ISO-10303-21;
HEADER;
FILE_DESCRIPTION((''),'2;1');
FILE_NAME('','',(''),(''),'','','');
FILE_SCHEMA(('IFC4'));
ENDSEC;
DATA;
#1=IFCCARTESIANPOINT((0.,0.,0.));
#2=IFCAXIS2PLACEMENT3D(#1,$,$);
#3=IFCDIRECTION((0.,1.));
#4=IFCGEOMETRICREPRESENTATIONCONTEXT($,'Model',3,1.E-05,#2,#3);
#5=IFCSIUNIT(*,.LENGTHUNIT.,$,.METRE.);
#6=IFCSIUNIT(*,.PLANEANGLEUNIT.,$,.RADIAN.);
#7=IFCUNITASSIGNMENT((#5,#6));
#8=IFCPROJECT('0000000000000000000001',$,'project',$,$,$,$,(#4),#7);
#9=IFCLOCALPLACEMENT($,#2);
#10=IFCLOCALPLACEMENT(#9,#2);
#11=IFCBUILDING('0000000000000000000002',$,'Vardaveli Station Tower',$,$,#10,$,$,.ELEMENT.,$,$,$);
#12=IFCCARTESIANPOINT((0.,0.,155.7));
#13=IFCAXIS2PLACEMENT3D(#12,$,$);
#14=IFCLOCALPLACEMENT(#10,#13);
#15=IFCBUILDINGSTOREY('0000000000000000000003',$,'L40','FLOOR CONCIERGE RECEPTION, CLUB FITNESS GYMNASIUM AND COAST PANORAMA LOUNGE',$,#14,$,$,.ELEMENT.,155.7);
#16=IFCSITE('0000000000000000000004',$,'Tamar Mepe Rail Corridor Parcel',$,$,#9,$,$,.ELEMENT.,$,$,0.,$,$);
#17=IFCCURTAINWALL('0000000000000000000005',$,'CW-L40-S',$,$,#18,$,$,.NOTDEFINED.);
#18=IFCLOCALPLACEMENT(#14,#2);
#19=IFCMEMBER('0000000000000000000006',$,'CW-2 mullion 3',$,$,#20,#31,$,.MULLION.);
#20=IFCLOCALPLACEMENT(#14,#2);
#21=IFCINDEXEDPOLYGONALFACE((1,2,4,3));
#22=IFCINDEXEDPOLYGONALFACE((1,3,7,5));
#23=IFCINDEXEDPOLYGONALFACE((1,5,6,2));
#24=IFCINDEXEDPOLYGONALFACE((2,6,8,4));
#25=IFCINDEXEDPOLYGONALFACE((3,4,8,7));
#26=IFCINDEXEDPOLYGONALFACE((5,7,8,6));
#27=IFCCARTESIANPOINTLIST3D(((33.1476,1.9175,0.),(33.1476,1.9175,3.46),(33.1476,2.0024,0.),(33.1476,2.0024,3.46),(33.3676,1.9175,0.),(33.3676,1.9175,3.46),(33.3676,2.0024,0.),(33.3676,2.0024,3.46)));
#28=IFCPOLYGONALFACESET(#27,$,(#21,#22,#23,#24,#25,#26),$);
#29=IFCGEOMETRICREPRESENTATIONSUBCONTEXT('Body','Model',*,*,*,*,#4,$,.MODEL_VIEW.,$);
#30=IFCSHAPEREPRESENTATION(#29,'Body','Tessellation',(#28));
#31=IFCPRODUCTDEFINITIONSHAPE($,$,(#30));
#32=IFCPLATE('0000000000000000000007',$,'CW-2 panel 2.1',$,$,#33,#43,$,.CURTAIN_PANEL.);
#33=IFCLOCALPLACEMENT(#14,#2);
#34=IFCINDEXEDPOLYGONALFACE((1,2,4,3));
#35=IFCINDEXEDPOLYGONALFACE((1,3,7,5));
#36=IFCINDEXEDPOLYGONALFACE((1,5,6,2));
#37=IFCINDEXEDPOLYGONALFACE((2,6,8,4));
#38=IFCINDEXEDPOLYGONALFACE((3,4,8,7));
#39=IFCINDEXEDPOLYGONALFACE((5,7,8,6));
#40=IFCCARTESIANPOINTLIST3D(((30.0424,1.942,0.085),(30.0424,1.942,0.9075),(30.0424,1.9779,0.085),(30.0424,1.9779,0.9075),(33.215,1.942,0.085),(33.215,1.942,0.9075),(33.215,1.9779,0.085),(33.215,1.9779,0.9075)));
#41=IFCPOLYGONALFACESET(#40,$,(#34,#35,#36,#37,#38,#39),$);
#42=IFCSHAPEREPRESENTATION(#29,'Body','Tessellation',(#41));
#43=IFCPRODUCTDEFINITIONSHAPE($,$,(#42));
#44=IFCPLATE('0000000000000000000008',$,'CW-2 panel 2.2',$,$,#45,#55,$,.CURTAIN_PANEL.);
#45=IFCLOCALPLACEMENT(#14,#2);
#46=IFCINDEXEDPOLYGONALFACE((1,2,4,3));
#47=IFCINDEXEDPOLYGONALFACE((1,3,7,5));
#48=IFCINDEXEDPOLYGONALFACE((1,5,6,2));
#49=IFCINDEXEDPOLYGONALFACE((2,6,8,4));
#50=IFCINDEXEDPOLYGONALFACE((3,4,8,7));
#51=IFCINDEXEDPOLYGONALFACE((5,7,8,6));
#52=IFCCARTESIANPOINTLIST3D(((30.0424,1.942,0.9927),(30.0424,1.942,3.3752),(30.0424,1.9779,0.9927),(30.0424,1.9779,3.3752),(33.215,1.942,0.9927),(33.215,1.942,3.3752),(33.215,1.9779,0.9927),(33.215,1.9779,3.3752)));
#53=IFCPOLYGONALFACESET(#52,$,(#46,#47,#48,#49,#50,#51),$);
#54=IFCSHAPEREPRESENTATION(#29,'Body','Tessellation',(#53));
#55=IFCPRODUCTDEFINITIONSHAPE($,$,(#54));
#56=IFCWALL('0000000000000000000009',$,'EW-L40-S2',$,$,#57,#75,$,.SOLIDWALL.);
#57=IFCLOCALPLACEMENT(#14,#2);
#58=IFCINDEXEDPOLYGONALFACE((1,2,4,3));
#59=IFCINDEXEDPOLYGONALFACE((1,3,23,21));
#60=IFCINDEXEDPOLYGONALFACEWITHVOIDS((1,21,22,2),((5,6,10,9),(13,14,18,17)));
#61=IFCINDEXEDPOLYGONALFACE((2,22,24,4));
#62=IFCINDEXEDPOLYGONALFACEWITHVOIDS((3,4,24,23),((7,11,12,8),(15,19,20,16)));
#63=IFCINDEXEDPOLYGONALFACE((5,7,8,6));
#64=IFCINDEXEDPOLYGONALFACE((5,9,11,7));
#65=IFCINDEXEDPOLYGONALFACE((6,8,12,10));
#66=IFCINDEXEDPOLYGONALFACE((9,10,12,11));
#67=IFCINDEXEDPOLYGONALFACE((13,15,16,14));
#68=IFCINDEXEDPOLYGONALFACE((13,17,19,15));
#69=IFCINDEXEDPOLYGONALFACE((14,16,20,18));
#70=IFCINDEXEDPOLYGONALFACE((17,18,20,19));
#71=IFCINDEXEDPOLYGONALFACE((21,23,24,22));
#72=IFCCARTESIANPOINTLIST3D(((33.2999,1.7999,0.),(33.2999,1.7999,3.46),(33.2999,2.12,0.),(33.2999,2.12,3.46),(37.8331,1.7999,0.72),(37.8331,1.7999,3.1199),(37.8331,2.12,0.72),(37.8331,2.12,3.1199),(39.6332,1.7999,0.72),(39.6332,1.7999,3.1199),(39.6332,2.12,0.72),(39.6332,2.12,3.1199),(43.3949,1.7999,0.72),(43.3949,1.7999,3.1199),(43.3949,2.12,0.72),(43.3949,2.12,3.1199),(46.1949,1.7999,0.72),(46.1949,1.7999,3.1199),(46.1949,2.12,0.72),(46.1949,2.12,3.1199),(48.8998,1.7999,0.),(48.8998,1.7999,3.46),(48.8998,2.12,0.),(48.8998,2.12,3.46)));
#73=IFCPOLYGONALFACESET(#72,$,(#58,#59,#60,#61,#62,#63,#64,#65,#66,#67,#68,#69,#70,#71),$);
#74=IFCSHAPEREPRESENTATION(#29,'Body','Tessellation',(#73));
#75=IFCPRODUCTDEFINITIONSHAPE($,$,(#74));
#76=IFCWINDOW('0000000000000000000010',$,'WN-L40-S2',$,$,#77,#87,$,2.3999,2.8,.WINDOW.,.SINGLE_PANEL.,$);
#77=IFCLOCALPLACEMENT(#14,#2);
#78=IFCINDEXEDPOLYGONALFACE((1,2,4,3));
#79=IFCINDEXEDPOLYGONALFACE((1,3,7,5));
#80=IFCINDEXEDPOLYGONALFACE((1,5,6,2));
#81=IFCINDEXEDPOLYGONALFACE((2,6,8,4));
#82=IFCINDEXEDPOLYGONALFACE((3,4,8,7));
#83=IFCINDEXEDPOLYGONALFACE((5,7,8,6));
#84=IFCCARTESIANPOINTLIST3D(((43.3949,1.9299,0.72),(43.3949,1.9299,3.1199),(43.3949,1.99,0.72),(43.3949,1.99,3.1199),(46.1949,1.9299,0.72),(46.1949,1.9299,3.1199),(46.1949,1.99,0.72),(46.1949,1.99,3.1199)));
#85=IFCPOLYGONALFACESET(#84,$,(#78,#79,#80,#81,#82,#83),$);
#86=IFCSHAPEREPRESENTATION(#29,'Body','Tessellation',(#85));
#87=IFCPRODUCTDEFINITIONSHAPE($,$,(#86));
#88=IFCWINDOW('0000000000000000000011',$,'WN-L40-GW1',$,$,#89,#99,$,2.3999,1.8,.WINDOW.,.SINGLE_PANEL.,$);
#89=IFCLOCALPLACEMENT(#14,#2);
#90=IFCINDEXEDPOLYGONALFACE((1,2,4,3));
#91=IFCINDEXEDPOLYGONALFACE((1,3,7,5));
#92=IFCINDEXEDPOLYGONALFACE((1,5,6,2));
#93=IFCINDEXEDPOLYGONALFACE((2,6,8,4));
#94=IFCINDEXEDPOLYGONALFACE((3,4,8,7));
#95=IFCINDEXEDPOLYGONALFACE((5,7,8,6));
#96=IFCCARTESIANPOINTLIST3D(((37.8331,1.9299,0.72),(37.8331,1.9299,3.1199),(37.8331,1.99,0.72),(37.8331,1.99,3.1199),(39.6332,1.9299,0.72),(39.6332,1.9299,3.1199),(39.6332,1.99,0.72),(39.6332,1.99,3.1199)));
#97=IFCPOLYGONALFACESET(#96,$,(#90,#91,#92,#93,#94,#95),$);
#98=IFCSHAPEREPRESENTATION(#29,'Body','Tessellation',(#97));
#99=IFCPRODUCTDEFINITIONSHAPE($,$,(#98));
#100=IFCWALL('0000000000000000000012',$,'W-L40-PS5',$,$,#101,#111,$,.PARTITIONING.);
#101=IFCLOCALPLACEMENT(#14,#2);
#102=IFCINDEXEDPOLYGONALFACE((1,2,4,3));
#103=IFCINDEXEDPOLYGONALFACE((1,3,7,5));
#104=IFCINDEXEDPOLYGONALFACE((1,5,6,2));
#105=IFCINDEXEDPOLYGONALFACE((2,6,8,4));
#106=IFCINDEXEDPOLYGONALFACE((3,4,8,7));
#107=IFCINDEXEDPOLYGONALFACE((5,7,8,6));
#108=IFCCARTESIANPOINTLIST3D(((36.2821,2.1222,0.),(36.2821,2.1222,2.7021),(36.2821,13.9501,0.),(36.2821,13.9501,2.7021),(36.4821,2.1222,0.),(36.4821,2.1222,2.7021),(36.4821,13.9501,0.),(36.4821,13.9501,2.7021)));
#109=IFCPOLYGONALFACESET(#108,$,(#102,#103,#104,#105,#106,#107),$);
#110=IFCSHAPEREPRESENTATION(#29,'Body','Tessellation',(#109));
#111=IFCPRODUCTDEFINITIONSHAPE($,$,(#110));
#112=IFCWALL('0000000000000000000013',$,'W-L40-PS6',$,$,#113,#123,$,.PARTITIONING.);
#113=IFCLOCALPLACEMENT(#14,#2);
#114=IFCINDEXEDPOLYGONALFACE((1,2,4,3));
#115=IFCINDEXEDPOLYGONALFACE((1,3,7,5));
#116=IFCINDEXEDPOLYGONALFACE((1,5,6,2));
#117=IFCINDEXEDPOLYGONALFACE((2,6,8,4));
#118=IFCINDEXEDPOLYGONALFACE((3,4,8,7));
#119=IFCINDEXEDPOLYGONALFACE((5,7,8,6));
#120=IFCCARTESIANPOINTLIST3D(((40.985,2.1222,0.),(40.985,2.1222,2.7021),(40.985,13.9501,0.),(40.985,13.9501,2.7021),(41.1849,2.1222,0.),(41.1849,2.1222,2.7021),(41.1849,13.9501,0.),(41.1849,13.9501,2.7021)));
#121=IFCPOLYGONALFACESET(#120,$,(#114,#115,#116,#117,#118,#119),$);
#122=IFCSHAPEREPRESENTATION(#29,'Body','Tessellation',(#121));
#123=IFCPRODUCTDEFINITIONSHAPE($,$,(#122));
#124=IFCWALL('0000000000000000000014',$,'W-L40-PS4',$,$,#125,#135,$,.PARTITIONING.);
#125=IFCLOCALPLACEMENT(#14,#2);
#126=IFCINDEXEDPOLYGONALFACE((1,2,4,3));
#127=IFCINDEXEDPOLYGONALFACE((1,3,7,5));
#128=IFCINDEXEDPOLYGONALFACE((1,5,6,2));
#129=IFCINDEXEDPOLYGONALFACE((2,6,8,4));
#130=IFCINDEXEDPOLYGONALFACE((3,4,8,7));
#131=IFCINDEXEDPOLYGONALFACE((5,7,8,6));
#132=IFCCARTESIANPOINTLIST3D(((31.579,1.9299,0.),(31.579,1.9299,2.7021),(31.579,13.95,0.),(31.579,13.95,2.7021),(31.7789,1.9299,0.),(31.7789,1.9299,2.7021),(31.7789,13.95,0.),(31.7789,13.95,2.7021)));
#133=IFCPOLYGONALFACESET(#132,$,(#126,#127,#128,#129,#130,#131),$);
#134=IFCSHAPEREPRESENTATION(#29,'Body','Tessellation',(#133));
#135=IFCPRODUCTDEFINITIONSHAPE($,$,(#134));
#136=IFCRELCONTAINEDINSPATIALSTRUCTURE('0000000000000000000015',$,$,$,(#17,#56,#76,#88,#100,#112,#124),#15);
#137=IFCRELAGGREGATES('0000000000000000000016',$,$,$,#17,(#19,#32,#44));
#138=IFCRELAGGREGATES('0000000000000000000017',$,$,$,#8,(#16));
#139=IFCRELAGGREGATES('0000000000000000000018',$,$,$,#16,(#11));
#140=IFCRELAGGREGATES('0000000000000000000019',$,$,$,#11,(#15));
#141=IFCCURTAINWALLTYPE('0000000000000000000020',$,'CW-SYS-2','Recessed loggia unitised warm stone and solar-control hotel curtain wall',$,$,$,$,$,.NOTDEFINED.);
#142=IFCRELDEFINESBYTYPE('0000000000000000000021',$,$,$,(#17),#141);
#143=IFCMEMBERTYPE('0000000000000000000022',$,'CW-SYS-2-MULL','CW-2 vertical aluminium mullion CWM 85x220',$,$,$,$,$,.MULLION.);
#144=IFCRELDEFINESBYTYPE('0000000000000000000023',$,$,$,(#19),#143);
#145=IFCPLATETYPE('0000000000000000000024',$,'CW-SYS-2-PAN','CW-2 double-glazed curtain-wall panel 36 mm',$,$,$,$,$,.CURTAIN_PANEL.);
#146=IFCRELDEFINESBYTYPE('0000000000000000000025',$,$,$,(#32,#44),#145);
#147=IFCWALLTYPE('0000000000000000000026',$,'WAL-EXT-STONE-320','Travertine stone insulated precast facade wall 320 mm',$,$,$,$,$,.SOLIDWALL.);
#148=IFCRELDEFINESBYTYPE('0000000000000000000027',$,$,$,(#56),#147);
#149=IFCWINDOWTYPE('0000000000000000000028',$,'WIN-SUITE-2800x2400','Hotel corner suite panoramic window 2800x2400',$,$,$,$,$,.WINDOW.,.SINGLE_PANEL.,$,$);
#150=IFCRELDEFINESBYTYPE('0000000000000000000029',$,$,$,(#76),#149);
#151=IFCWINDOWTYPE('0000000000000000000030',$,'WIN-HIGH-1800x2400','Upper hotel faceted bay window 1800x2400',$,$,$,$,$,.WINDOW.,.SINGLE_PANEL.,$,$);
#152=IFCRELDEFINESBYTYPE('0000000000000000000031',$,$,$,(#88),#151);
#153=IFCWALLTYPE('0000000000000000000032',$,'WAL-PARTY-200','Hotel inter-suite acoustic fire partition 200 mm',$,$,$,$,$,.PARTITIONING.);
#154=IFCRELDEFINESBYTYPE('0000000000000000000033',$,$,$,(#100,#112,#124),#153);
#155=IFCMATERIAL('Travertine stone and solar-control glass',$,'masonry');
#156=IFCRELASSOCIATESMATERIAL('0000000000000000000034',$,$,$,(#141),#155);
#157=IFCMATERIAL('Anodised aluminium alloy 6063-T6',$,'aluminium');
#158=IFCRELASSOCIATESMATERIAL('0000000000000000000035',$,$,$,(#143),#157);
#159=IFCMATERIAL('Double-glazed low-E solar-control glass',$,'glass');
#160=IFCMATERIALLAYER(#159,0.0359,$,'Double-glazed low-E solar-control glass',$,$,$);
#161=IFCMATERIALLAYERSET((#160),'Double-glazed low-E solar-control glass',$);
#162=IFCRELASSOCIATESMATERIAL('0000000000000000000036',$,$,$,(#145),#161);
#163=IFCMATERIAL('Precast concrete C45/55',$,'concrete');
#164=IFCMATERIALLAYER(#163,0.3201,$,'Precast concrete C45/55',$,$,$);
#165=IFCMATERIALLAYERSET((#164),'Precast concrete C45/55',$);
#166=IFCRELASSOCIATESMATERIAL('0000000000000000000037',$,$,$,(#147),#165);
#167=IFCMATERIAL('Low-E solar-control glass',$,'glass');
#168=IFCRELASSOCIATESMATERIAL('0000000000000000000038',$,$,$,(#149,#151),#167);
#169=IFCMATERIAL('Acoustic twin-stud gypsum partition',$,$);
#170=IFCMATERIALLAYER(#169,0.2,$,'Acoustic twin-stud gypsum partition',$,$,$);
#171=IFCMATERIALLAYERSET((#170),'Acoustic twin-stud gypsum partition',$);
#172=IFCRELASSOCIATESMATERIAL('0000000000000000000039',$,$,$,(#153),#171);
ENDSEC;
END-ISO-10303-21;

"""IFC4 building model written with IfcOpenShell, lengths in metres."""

from ifc_helpers import new_model, si_unit, direction, frame, frame_2d, origin, origin_2d, place, context, subcontext, project, spatial, rectangle, extrude, source, transform, mapped, material, layer, layer_set, material_profile, profile_set, type_object, element, fill, aggregate, save


model = new_model("IFC4")

# Units and contexts
model_context = context("Model", 3, precision=1e-05, world=origin(), true_north=direction((0.0, 1.0)))
body_context = subcontext(model_context, "Body", "Model", "MODEL_VIEW")
ifc_project = project(units=[si_unit("LENGTHUNIT", "METRE"), si_unit("PLANEANGLEUNIT", "RADIAN")], contexts=[model_context])

# Site, building, storey
site_placement = place(None, origin())
site = spatial("IfcSite", under=ifc_project, at=site_placement, Name="Tamar Mepe Rail Corridor Parcel", CompositionType="ELEMENT", RefElevation=0.0)
building_placement = place(site_placement, origin())
building = spatial("IfcBuilding", under=site, at=building_placement, Name="Vardaveli Station Tower", CompositionType="ELEMENT")
storey_placement = place(building_placement, frame((0.0, 0.0, 155.7)))
storey = spatial("IfcBuildingStorey", under=building, at=storey_placement, Name="L40", Description="FLOOR CONCIERGE RECEPTION, CLUB FITNESS GYMNASIUM AND COAST PANORAMA LOUNGE", CompositionType="ELEMENT", Elevation=155.7)

# Shared definitions
ifc_material_1 = material(Name="Precast concrete C45/55", Category="concrete")

# Curtain wall, member, plates
ifc_material_2 = material(Name="Travertine stone and solar-control glass", Category="masonry")
curtain_wall_type = type_object("IfcCurtainWallType", Name="CW-SYS-2", Description="Recessed loggia unitised warm stone and solar-control hotel curtain wall", PredefinedType="NOTDEFINED", material=ifc_material_2)
curtain_wall_placement = place(storey_placement, origin())
curtain_wall = element("IfcCurtainWall", 1, at=curtain_wall_placement, inside=storey, type_object=curtain_wall_type, Name="CW-L40-S", PredefinedType="NOTDEFINED")
ifc_material_3 = material(Name="Anodised aluminium alloy 6063-T6", Category="aluminium")
ifc_material_profile_1 = material_profile(ifc_material_3, rectangle(XDim=0.085, YDim=0.22, at=origin_2d()), Name="CWM 85x220")
ifc_profile_set_1 = profile_set([ifc_material_profile_1], Name="Anodised aluminium alloy 6063-T6")
member_type = type_object("IfcMemberType", Name="CW-SYS-2-MULL", Description="CW-2 vertical aluminium mullion CWM 85x220", PredefinedType="MULLION", material=ifc_profile_set_1)
shared_shape_1 = source(origin(), body_context, "Body", "SweptSolid", [
    extrude(rectangle(XDim=0.085, YDim=0.22, at=origin_2d()), origin(), (0.0, 0.0, 1.0), 3.46),
])
member_placement = place(storey_placement, frame((33.2576, 1.96, 0.0), z_axis=(0.0, 0.0, 1.0), x_axis=(0.0, 1.0, 0.0)))
member = element("IfcMember", 2, at=member_placement, type_object=member_type, Name="CW-2 mullion 3", PredefinedType="MULLION", context=body_context, shape_type="MappedRepresentation", body=[
    mapped(shared_shape_1, transform((0.0, 0.0, 0.0), scale=1.0)),
])
ifc_material_4 = material(Name="Double-glazed low-E solar-control glass", Category="glass")
ifc_layer_1 = layer(ifc_material_4, 0.0359, Name="Double-glazed low-E solar-control glass")
ifc_layer_set_1 = layer_set([ifc_layer_1], Name="Double-glazed low-E solar-control glass")
plate_type = type_object("IfcPlateType", Name="CW-SYS-2-PAN", Description="CW-2 double-glazed curtain-wall panel 36 mm", PredefinedType="CURTAIN_PANEL", material=ifc_layer_set_1)
shared_shape_2 = source(origin(), body_context, "Body", "SweptSolid", [
    extrude(rectangle(XDim=3.1726, YDim=0.0359, at=origin_2d()), origin(), (0.0, 0.0, 1.0), 0.8225),
])
plate_1_placement = place(storey_placement, frame((31.6287, 1.96, 0.085), z_axis=(0.0, 0.0, 1.0), x_axis=(1.0, 0.0, 0.0)))
plate_1 = element("IfcPlate", 3, at=plate_1_placement, type_object=plate_type, Name="CW-2 panel 2.1", PredefinedType="CURTAIN_PANEL", context=body_context, shape_type="MappedRepresentation", body=[
    mapped(shared_shape_2, transform((0.0, 0.0, 0.0), scale=1.0)),
])
shared_shape_3 = source(origin(), body_context, "Body", "SweptSolid", [
    extrude(rectangle(XDim=3.1726, YDim=0.0359, at=origin_2d()), origin(), (0.0, 0.0, 1.0), 2.3826),
])
plate_2_placement = place(storey_placement, frame((31.6287, 1.96, 0.9927), z_axis=(0.0, 0.0, 1.0), x_axis=(1.0, 0.0, 0.0)))
plate_2 = element("IfcPlate", 4, at=plate_2_placement, type_object=plate_type, Name="CW-2 panel 2.2", PredefinedType="CURTAIN_PANEL", context=body_context, shape_type="MappedRepresentation", body=[
    mapped(shared_shape_3, transform((0.0, 0.0, 0.0), scale=1.0)),
])
aggregate(curtain_wall, [member, plate_1, plate_2])

# Wall, openings, windows
ifc_layer_2 = layer(ifc_material_1, 0.3201, Name="Precast concrete C45/55")
ifc_layer_set_2 = layer_set([ifc_layer_2], Name="Precast concrete C45/55")
wall_type_1 = type_object("IfcWallType", Name="WAL-EXT-STONE-320", Description="Travertine stone insulated precast facade wall 320 mm", PredefinedType="SOLIDWALL", material=ifc_layer_set_2)
shared_shape_4 = source(origin(), body_context, "Body", "SweptSolid", [
    extrude(rectangle(XDim=15.5999, YDim=0.3201, at=frame_2d((7.7998, 0.0))), origin(), (0.0, 0.0, 1.0), 3.46),
])
wall_1_placement = place(storey_placement, frame((33.3, 1.96, 0.0), z_axis=(0.0, 0.0, 1.0), x_axis=(1.0, 0.0, 0.0)))
wall_1 = element("IfcWall", 5, at=wall_1_placement, inside=storey, type_object=wall_type_1, Name="EW-L40-S2", PredefinedType="SOLIDWALL", context=body_context, shape_type="MappedRepresentation", body=[
    mapped(shared_shape_4, transform((0.0, 0.0, 0.0), scale=1.0)),
])
shared_shape_5 = source(origin(), body_context, "Body", "SweptSolid", [
    extrude(rectangle(XDim=2.8, YDim=2.3999, at=frame_2d((1.3999, 1.2))), frame((0.0, 0.1699, 0.0), z_axis=(0.0, -1.0, 0.0), x_axis=(1.0, 0.0, 0.0)), (0.0, 0.0, 1.0), 0.3401),
])
opening_1_placement = place(wall_1_placement, frame((10.095, 0.0, 0.72)))
opening_1 = element("IfcOpeningElement", 6, at=opening_1_placement, cuts=wall_1, PredefinedType="OPENING", context=body_context, shape_type="MappedRepresentation", body=[
    mapped(shared_shape_5, transform((0.0, 0.0, 0.0), scale=1.0)),
])
shared_shape_6 = source(origin(), body_context, "Body", "SweptSolid", [
    extrude(rectangle(XDim=1.8, YDim=2.3999, at=frame_2d((0.8999, 1.2))), frame((0.0, 0.1699, 0.0), z_axis=(0.0, -1.0, 0.0), x_axis=(1.0, 0.0, 0.0)), (0.0, 0.0, 1.0), 0.3401),
])
opening_2_placement = place(wall_1_placement, frame((4.5332, 0.0, 0.72)))
opening_2 = element("IfcOpeningElement", 7, at=opening_2_placement, cuts=wall_1, PredefinedType="OPENING", context=body_context, shape_type="MappedRepresentation", body=[
    mapped(shared_shape_6, transform((0.0, 0.0, 0.0), scale=1.0)),
])
ifc_material_5 = material(Name="Low-E solar-control glass", Category="glass")
window_type_1 = type_object("IfcWindowType", Name="WIN-SUITE-2800x2400", Description="Hotel corner suite panoramic window 2800x2400", PartitioningType="SINGLE_PANEL", PredefinedType="WINDOW", material=ifc_material_5)
shared_shape_7 = source(origin(), body_context, "Body", "SweptSolid", [
    extrude(rectangle(XDim=2.8, YDim=2.3999, at=frame_2d((1.3999, 1.2))), frame((0.0, 0.03, 0.0), z_axis=(0.0, -1.0, 0.0), x_axis=(1.0, 0.0, 0.0)), (0.0, 0.0, 1.0), 0.0601),
])
window_1_placement = place(opening_1_placement, origin())
window_1 = element("IfcWindow", 8, at=window_1_placement, inside=storey, type_object=window_type_1, Name="WN-L40-S2", OverallHeight=2.3999, OverallWidth=2.8, PartitioningType="SINGLE_PANEL", PredefinedType="WINDOW", context=body_context, shape_type="MappedRepresentation", body=[
    mapped(shared_shape_7, transform((0.0, 0.0, 0.0), scale=1.0)),
])
fill(opening_1, window_1)
window_type_2 = type_object("IfcWindowType", Name="WIN-HIGH-1800x2400", Description="Upper hotel faceted bay window 1800x2400", PartitioningType="SINGLE_PANEL", PredefinedType="WINDOW", material=ifc_material_5)
shared_shape_8 = source(origin(), body_context, "Body", "SweptSolid", [
    extrude(rectangle(XDim=1.8, YDim=2.3999, at=frame_2d((0.8999, 1.2))), frame((0.0, 0.03, 0.0), z_axis=(0.0, -1.0, 0.0), x_axis=(1.0, 0.0, 0.0)), (0.0, 0.0, 1.0), 0.0601),
])
window_2_placement = place(opening_2_placement, origin())
window_2 = element("IfcWindow", 9, at=window_2_placement, inside=storey, type_object=window_type_2, Name="WN-L40-GW1", OverallHeight=2.3999, OverallWidth=1.8, PartitioningType="SINGLE_PANEL", PredefinedType="WINDOW", context=body_context, shape_type="MappedRepresentation", body=[
    mapped(shared_shape_8, transform((0.0, 0.0, 0.0), scale=1.0)),
])
fill(opening_2, window_2)

# Walls
ifc_material_6 = material(Name="Acoustic twin-stud gypsum partition")
ifc_layer_3 = layer(ifc_material_6, 0.2, Name="Acoustic twin-stud gypsum partition")
ifc_layer_set_3 = layer_set([ifc_layer_3], Name="Acoustic twin-stud gypsum partition")
wall_type_2 = type_object("IfcWallType", Name="WAL-PARTY-200", Description="Hotel inter-suite acoustic fire partition 200 mm", PredefinedType="PARTITIONING", material=ifc_layer_set_3)
shared_shape_9 = source(origin(), body_context, "Body", "SweptSolid", [
    extrude(rectangle(XDim=11.8279, YDim=0.2, at=frame_2d((5.9141, 0.0))), origin(), (0.0, 0.0, 1.0), 2.7021),
])
for number, where, z_axis, x_axis, name in (
    (10, (36.3821, 2.1221, 0.0), (0.0, 0.0, 1.0), (0.0, 1.0, 0.0), "W-L40-PS5"),
    (11, (41.085, 2.1221, 0.0), (0.0, 0.0, 1.0), (0.0, 1.0, 0.0), "W-L40-PS6"),
):
    element("IfcWall", number, at=place(storey_placement, frame(where, z_axis=z_axis, x_axis=x_axis)), inside=storey, type_object=wall_type_2, Name=name, PredefinedType="PARTITIONING", context=body_context, shape_type="MappedRepresentation", body=[
        mapped(shared_shape_9, transform((0.0, 0.0, 0.0), scale=1.0)),
    ])
shared_shape_10 = source(origin(), body_context, "Body", "SweptSolid", [
    extrude(rectangle(XDim=12.02, YDim=0.2, at=frame_2d((6.01, 0.0))), origin(), (0.0, 0.0, 1.0), 2.7021),
])
wall_2_placement = place(storey_placement, frame((31.679, 1.9299, 0.0), z_axis=(0.0, 0.0, 1.0), x_axis=(0.0, 1.0, 0.0)))
element("IfcWall", 12, at=wall_2_placement, inside=storey, type_object=wall_type_2, Name="W-L40-PS4", PredefinedType="PARTITIONING", context=body_context, shape_type="MappedRepresentation", body=[
    mapped(shared_shape_10, transform((0.0, 0.0, 0.0), scale=1.0)),
])

save(model, "model.ifc")
